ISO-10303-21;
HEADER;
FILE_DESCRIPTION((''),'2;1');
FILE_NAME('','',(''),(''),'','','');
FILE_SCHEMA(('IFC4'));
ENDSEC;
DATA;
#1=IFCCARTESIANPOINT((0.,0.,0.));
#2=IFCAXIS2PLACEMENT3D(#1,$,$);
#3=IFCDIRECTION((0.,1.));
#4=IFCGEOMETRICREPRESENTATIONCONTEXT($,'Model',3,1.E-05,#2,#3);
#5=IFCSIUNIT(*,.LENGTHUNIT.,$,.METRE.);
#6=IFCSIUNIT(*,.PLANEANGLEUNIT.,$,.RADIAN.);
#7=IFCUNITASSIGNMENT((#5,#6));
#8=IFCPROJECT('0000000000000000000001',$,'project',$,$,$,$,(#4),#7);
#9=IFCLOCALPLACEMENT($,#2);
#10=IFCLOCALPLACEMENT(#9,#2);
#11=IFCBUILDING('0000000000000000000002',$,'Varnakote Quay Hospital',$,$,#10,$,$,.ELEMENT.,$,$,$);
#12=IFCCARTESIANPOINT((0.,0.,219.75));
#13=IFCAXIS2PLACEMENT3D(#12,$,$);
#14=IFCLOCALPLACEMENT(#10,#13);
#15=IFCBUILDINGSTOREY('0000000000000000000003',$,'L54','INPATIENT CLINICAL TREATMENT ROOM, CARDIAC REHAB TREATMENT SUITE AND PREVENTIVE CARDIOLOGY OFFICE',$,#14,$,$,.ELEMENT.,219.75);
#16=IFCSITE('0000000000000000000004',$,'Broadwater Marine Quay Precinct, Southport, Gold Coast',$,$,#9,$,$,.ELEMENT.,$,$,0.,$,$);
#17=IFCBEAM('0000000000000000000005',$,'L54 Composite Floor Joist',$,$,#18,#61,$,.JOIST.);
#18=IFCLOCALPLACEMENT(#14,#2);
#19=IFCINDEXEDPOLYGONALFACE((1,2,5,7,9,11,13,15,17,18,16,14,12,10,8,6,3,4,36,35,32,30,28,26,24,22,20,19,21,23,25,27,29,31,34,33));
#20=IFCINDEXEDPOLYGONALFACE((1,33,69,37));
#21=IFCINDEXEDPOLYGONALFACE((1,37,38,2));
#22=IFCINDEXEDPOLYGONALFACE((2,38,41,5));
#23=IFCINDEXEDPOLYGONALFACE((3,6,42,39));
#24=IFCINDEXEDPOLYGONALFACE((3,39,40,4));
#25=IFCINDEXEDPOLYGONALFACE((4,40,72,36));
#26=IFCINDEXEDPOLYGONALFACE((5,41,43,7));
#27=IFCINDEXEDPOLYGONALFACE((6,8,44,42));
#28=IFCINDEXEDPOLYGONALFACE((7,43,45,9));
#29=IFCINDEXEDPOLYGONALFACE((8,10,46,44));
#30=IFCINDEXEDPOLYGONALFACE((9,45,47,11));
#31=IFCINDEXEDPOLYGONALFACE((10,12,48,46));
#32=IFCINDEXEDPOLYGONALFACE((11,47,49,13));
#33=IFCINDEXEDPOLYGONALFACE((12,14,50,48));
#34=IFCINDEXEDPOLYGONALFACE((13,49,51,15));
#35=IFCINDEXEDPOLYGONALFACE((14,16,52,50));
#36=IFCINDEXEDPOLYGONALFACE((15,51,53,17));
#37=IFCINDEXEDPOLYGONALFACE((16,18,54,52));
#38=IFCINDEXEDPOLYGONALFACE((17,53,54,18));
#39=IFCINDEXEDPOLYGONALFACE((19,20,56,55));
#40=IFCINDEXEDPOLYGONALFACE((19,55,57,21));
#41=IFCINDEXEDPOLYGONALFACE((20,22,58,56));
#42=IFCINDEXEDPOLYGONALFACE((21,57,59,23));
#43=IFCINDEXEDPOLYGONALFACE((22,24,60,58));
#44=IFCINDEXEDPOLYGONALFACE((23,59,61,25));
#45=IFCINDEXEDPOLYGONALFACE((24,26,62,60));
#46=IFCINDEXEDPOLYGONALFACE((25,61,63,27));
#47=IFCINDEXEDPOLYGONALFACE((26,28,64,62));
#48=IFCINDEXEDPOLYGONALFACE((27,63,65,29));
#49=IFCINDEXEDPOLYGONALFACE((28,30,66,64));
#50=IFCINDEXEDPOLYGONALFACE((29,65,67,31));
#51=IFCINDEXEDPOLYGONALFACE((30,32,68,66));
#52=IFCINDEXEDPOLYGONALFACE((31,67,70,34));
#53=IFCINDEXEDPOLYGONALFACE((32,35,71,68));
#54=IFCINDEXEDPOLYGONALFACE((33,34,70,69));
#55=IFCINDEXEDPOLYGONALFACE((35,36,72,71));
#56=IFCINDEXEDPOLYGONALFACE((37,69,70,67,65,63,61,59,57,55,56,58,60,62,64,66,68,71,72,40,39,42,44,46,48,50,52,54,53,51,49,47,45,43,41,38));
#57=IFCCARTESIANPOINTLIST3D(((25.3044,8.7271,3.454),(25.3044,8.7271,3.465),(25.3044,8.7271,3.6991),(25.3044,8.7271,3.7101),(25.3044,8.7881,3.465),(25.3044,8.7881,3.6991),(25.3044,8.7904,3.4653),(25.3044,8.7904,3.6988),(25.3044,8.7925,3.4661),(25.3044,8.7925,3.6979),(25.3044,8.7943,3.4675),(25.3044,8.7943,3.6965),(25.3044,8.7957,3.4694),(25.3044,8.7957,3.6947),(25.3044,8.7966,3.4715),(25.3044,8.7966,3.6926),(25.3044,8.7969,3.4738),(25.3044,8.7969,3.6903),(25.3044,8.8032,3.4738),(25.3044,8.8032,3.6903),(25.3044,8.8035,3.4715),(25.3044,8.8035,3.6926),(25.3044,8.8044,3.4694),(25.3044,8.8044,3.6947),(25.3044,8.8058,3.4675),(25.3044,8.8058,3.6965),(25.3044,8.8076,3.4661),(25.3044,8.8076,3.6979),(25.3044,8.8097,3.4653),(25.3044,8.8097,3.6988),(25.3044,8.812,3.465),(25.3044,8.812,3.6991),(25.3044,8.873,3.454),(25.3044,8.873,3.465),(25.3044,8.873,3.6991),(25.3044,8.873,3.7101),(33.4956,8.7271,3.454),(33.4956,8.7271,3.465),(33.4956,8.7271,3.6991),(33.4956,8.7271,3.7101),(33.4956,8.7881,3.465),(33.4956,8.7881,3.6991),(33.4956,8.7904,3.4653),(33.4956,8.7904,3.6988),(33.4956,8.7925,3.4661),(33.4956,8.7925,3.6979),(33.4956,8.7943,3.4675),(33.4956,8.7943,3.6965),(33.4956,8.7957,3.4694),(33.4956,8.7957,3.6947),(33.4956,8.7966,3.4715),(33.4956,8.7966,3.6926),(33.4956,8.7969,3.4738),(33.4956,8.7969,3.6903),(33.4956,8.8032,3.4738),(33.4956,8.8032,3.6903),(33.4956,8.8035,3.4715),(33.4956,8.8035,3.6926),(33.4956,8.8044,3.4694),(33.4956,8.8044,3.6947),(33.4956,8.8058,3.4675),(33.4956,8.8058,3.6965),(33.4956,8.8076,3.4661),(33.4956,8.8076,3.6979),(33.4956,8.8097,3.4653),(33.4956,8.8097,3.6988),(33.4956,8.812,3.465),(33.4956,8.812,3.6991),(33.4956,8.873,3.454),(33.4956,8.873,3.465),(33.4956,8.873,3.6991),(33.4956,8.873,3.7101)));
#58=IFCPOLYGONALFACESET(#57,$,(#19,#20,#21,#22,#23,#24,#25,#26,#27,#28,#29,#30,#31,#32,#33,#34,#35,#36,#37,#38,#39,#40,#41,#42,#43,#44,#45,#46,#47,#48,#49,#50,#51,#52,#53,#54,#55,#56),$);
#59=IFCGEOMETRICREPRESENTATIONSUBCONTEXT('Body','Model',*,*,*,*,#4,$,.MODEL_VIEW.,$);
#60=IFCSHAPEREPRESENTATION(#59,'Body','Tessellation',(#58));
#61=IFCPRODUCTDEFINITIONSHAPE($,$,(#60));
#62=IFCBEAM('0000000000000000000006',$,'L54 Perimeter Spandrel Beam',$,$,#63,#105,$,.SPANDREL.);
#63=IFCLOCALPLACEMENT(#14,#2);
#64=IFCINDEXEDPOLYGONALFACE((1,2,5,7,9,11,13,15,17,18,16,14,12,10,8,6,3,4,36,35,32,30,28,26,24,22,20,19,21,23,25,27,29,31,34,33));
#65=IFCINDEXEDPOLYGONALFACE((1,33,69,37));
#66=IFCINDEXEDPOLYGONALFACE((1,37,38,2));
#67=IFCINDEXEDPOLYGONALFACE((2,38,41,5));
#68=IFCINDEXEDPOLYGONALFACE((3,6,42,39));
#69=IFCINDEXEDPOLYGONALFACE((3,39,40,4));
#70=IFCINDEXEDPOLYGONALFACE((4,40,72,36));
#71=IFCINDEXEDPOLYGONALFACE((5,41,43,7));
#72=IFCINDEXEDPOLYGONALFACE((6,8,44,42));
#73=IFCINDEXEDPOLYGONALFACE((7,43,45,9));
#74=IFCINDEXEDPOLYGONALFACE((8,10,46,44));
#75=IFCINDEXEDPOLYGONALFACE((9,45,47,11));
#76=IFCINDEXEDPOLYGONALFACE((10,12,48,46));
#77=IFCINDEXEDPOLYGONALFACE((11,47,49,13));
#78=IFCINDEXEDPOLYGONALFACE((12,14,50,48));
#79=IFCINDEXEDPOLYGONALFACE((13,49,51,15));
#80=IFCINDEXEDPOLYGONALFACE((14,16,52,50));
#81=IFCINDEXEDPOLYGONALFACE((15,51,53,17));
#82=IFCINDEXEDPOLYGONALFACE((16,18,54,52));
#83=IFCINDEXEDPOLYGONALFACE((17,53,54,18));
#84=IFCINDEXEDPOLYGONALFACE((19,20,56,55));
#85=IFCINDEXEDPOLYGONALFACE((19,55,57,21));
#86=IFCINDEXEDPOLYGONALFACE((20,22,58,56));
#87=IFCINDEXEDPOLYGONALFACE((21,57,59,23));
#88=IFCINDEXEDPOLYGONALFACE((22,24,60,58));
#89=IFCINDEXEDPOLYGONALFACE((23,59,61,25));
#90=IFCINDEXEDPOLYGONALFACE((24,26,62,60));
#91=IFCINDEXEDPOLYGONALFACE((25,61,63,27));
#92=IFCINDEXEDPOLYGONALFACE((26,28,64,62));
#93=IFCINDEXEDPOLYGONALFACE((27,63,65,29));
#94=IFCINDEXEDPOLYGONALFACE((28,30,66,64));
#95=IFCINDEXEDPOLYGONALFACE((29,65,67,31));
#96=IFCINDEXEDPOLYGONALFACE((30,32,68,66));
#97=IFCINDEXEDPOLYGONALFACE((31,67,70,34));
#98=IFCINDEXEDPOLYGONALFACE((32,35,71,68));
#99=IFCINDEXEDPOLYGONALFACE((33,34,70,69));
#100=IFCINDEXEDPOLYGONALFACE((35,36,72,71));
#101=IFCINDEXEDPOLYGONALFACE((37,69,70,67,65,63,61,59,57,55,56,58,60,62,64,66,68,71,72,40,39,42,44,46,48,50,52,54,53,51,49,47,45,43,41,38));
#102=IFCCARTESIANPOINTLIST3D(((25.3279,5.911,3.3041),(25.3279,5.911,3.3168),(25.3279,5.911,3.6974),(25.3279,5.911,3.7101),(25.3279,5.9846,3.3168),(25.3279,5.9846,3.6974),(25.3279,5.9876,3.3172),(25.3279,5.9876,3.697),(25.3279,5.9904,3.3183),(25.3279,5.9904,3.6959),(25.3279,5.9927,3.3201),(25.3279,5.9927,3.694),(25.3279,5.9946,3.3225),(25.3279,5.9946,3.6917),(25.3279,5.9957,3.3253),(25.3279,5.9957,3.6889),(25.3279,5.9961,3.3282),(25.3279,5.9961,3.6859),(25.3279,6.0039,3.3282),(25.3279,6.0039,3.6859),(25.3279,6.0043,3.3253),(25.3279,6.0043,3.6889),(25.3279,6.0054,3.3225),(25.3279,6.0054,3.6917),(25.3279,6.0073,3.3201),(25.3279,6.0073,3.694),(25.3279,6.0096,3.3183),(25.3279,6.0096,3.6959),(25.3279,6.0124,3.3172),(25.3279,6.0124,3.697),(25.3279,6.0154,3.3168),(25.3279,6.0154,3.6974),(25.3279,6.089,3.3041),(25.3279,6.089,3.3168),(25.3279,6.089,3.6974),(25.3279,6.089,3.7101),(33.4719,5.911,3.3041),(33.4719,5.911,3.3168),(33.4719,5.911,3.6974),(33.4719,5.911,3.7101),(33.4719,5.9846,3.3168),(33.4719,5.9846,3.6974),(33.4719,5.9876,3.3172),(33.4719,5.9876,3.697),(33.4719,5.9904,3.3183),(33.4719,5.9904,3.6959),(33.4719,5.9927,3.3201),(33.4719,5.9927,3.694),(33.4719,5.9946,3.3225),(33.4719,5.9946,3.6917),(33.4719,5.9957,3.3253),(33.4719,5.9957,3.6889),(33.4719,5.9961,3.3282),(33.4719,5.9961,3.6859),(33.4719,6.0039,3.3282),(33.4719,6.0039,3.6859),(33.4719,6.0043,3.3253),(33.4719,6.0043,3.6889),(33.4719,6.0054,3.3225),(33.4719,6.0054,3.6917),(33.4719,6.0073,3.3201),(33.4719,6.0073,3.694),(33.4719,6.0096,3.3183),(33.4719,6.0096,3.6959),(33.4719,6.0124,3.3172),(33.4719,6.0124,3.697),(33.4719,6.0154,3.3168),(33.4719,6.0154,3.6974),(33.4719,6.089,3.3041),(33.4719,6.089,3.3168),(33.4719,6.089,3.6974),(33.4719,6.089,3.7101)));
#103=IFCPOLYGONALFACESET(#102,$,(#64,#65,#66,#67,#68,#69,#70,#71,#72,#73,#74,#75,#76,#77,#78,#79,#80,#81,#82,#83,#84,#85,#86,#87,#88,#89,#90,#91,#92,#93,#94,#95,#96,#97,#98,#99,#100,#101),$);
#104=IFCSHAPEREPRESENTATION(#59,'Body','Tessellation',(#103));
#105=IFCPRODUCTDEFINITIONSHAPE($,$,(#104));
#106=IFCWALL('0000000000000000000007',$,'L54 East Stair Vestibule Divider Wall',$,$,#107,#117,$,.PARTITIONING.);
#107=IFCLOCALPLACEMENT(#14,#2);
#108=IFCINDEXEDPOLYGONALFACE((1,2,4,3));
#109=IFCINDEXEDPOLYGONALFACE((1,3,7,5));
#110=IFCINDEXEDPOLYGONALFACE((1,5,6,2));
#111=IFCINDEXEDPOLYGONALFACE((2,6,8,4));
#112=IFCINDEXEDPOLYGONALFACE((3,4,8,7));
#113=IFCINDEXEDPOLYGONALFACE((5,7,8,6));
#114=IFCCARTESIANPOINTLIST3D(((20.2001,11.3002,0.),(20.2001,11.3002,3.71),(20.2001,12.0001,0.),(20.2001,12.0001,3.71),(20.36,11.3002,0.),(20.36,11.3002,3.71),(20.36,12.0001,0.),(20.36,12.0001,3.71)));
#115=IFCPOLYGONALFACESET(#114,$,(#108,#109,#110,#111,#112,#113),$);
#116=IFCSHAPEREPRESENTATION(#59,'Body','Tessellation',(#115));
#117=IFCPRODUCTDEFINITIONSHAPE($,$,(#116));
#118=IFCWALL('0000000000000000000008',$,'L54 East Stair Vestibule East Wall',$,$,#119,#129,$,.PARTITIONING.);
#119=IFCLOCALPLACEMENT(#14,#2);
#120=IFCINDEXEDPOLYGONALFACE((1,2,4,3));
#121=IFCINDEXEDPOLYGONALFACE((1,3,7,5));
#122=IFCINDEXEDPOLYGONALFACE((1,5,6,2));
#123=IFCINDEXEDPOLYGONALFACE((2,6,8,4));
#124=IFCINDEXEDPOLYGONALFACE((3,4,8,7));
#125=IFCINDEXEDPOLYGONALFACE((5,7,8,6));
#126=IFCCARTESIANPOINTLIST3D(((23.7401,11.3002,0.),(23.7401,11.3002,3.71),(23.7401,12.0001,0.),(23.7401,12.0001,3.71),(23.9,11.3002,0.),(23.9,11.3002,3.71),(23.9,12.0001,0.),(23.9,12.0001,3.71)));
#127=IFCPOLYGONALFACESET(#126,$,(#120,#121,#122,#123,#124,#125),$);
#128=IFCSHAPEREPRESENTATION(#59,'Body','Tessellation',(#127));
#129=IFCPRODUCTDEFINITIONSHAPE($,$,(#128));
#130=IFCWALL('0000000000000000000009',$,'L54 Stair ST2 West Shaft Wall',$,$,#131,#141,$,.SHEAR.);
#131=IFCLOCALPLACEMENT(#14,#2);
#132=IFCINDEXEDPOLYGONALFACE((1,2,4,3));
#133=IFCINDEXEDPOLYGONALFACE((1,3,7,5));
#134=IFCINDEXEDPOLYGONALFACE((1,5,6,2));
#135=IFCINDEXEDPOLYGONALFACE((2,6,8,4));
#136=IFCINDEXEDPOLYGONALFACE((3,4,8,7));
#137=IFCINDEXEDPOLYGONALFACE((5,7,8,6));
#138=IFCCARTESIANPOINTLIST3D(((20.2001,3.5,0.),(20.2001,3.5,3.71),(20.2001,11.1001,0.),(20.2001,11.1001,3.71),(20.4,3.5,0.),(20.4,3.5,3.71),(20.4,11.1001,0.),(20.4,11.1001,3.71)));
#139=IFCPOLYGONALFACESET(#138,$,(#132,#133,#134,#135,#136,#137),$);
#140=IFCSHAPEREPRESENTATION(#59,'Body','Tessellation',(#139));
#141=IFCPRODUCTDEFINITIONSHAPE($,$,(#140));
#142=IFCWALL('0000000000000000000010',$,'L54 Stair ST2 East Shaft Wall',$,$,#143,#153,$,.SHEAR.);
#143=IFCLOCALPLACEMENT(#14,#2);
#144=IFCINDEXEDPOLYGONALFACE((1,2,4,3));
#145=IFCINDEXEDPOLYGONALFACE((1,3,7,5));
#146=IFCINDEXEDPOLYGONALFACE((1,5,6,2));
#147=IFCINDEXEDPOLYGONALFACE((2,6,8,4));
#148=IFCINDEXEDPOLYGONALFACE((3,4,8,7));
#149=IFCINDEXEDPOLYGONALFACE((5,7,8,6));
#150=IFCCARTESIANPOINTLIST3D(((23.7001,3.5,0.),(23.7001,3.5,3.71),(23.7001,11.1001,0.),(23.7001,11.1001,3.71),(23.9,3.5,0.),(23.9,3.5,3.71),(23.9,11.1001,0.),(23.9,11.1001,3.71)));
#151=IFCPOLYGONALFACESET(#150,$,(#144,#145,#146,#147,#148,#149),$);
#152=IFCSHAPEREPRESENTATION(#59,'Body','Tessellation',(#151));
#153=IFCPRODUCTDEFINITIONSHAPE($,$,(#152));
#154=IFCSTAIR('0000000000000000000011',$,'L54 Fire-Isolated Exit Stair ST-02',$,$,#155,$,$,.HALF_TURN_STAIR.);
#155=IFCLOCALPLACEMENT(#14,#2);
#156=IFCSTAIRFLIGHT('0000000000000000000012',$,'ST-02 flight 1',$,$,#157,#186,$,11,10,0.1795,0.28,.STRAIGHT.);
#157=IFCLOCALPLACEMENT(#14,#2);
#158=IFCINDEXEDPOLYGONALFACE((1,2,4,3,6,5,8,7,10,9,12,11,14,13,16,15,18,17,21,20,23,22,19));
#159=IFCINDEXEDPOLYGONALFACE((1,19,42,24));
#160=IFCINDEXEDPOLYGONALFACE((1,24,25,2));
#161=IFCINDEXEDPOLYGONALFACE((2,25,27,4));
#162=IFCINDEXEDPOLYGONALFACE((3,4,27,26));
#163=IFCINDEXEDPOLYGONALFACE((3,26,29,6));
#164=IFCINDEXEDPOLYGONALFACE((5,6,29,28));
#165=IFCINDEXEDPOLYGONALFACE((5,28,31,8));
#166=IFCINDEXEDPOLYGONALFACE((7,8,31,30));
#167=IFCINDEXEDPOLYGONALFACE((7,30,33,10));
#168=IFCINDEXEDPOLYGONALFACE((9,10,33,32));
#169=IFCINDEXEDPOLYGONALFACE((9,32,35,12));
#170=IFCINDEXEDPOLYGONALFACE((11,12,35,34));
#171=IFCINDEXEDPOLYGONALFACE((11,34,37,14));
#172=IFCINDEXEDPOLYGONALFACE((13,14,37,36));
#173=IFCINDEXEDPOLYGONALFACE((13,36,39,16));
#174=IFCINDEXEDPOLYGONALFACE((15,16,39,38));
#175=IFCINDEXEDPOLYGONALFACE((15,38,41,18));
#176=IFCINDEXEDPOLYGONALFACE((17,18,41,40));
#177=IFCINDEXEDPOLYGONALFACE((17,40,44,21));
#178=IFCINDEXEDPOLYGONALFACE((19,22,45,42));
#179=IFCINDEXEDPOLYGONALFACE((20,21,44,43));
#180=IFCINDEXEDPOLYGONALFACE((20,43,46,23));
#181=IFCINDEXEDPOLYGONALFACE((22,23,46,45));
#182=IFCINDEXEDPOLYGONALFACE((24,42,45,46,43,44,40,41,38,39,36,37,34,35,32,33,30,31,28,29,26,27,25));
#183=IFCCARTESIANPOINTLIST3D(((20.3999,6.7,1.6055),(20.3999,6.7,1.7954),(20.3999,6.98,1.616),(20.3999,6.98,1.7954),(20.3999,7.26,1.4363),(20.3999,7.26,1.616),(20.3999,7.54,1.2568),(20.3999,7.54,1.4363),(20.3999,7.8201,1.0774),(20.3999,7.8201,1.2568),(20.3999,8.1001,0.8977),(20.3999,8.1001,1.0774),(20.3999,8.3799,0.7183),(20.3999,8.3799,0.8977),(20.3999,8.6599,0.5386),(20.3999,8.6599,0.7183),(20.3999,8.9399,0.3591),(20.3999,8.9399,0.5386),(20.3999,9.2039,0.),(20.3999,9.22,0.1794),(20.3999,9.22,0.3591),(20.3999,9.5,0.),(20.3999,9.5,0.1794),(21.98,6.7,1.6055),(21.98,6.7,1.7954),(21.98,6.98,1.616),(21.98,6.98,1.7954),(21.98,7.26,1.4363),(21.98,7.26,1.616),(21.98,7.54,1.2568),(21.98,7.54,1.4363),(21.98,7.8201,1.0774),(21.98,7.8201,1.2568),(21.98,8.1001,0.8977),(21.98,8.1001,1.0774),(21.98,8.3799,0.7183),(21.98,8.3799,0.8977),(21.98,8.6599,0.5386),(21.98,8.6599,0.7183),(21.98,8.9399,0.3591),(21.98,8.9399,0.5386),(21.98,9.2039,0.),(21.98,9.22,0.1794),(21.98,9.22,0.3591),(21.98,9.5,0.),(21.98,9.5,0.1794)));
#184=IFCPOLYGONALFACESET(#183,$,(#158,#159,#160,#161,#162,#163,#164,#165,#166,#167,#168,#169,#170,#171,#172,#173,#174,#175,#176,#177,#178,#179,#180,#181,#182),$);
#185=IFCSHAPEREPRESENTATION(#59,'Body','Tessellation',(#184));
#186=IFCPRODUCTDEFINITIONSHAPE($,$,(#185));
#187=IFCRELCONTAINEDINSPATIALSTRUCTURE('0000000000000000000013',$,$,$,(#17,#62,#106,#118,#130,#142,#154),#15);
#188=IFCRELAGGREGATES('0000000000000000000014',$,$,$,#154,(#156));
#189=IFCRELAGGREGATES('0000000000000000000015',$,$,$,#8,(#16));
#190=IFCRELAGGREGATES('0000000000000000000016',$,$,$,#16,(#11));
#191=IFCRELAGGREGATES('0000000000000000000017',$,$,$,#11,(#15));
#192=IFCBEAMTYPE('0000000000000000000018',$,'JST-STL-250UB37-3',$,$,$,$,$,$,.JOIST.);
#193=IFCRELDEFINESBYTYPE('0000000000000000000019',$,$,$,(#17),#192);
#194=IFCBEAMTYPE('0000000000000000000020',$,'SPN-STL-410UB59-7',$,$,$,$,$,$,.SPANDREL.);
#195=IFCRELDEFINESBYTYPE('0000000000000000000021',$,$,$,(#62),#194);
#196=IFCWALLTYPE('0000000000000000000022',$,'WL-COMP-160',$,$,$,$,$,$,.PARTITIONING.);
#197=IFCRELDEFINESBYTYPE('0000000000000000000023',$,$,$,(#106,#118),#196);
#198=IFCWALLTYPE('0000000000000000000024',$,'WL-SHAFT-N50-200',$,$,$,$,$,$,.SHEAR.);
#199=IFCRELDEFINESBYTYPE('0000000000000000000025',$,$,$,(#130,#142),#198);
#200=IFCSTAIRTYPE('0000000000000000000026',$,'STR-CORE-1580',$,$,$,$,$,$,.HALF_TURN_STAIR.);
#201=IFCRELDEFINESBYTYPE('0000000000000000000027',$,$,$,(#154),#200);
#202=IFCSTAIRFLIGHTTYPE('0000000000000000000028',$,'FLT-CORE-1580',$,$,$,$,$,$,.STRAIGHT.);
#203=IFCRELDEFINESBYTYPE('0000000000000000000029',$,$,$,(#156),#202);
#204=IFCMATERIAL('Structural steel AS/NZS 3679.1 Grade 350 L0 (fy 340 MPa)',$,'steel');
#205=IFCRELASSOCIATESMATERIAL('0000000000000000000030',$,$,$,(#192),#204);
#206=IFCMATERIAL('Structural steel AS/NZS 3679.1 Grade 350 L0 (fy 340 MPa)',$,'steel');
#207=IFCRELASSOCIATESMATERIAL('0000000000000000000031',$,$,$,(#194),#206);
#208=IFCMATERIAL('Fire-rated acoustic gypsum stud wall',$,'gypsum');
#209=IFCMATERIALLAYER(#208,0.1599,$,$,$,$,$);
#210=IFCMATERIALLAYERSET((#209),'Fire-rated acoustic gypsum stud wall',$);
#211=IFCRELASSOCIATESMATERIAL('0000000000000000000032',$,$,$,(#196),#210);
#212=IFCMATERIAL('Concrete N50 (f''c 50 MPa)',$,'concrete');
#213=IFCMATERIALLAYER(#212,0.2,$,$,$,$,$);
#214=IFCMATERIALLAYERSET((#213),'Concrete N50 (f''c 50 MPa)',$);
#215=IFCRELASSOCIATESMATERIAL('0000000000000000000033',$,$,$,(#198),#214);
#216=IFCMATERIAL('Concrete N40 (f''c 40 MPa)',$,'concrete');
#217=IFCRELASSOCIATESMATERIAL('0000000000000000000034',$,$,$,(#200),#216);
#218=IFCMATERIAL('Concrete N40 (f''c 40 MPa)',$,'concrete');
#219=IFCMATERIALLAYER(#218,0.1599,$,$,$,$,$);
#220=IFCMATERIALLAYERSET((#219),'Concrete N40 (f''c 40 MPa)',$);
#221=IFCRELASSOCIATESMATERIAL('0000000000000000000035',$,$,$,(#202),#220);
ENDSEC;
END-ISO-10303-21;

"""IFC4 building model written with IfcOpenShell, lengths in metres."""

from ifc_helpers import new_model, si_unit, direction, frame, frame_2d, origin, origin_2d, place, context, subcontext, project, spatial, polyline, rectangle, i_section, outline, extrude, material, layer, layer_set, material_profile, profile_set, type_object, element, aggregate, save


model = new_model("IFC4")

# Units and contexts
model_context = context("Model", 3, precision=1e-05, world=origin(), true_north=direction((0.0, 1.0)))
body_context = subcontext(model_context, "Body", "Model", "MODEL_VIEW")
ifc_project = project(units=[si_unit("LENGTHUNIT", "METRE"), si_unit("PLANEANGLEUNIT", "RADIAN")], contexts=[model_context])

# Site, building, storey
site_placement = place(None, origin())
site = spatial("IfcSite", under=ifc_project, at=site_placement, Name="Broadwater Marine Quay Precinct, Southport, Gold Coast", CompositionType="ELEMENT", RefElevation=0.0)
building_placement = place(site_placement, origin())
building = spatial("IfcBuilding", under=site, at=building_placement, Name="Varnakote Quay Hospital", CompositionType="ELEMENT")
storey_placement = place(building_placement, frame((0.0, 0.0, 219.75)))
storey = spatial("IfcBuildingStorey", under=building, at=storey_placement, Name="L54", Description="INPATIENT CLINICAL TREATMENT ROOM, CARDIAC REHAB TREATMENT SUITE AND PREVENTIVE CARDIOLOGY OFFICE", CompositionType="ELEMENT", Elevation=219.75)

# Beams
ifc_material_1 = material(Name="Structural steel AS/NZS 3679.1 Grade 350 L0 (fy 340 MPa)", Category="steel")
ifc_material_profile_1 = material_profile(ifc_material_1, i_section(OverallWidth=0.146, OverallDepth=0.2561, WebThickness=0.0063, FlangeThickness=0.011, FilletRadius=0.0088, at=origin_2d()), Name="250UB37.3")
ifc_profile_set_1 = profile_set([ifc_material_profile_1], Name="Structural steel AS/NZS 3679.1 Grade 350 L0 (fy 340 MPa)")
beam_type_1 = type_object("IfcBeamType", Name="JST-STL-250UB37-3", PredefinedType="JOIST", material=ifc_profile_set_1)
beam_1_placement = place(storey_placement, frame((25.3044, 8.8, 3.582), z_axis=(1.0, 0.0, 0.0), x_axis=(0.0, 1.0, 0.0)))
element("IfcBeam", 1, at=beam_1_placement, inside=storey, type_object=beam_type_1, Name="L54 Composite Floor Joist", PredefinedType="JOIST", context=body_context, shape_type="SweptSolid", body=[
    extrude(i_section(OverallWidth=0.146, OverallDepth=0.2561, WebThickness=0.0063, FlangeThickness=0.011, FilletRadius=0.0088, at=origin_2d()), origin(), (0.0, 0.0, 1.0), 8.1912),
])
ifc_material_2 = material(Name="Structural steel AS/NZS 3679.1 Grade 350 L0 (fy 340 MPa)", Category="steel")
ifc_material_profile_2 = material_profile(ifc_material_2, i_section(OverallWidth=0.178, OverallDepth=0.406, WebThickness=0.0078, FlangeThickness=0.0127, FilletRadius=0.0115, at=origin_2d()), Name="410UB59.7")
ifc_profile_set_2 = profile_set([ifc_material_profile_2], Name="Structural steel AS/NZS 3679.1 Grade 350 L0 (fy 340 MPa)")
beam_type_2 = type_object("IfcBeamType", Name="SPN-STL-410UB59-7", PredefinedType="SPANDREL", material=ifc_profile_set_2)
beam_2_placement = place(storey_placement, frame((25.3279, 6.0, 3.5071), z_axis=(1.0, 0.0, 0.0), x_axis=(0.0, 1.0, 0.0)))
element("IfcBeam", 2, at=beam_2_placement, inside=storey, type_object=beam_type_2, Name="L54 Perimeter Spandrel Beam", PredefinedType="SPANDREL", context=body_context, shape_type="SweptSolid", body=[
    extrude(i_section(OverallWidth=0.178, OverallDepth=0.406, WebThickness=0.0078, FlangeThickness=0.0127, FilletRadius=0.0115, at=origin_2d()), origin(), (0.0, 0.0, 1.0), 8.144),
])

# Walls
ifc_material_3 = material(Name="Fire-rated acoustic gypsum stud wall", Category="gypsum")
ifc_layer_1 = layer(ifc_material_3, 0.1599)
ifc_layer_set_1 = layer_set([ifc_layer_1], Name="Fire-rated acoustic gypsum stud wall")
wall_type_1 = type_object("IfcWallType", Name="WL-COMP-160", PredefinedType="PARTITIONING", material=ifc_layer_set_1)
for number, where, z_axis, x_axis, name in (
    (3, (20.28, 11.3, 0.0), (0.0, 0.0, 1.0), (0.0, 1.0, 0.0), "L54 East Stair Vestibule Divider Wall"),
    (4, (23.8201, 11.3, 0.0), (0.0, 0.0, 1.0), (0.0, 1.0, 0.0), "L54 East Stair Vestibule East Wall"),
):
    element("IfcWall", number, at=place(storey_placement, frame(where, z_axis=z_axis, x_axis=x_axis)), inside=storey, type_object=wall_type_1, Name=name, PredefinedType="PARTITIONING", context=body_context, shape_type="SweptSolid", body=[
        extrude(rectangle(XDim=0.7, YDim=0.1599, at=frame_2d((0.3501, 0.0))), origin(), (0.0, 0.0, 1.0), 3.71),
    ])
ifc_material_4 = material(Name="Concrete N50 (f'c 50 MPa)", Category="concrete")
ifc_layer_2 = layer(ifc_material_4, 0.2)
ifc_layer_set_2 = layer_set([ifc_layer_2], Name="Concrete N50 (f'c 50 MPa)")
wall_type_2 = type_object("IfcWallType", Name="WL-SHAFT-N50-200", PredefinedType="SHEAR", material=ifc_layer_set_2)
for number, where, z_axis, x_axis, name in (
    (5, (20.3, 3.5, 0.0), (0.0, 0.0, 1.0), (0.0, 1.0, 0.0), "L54 Stair ST2 West Shaft Wall"),
    (6, (23.8, 3.5, 0.0), (0.0, 0.0, 1.0), (0.0, 1.0, 0.0), "L54 Stair ST2 East Shaft Wall"),
):
    element("IfcWall", number, at=place(storey_placement, frame(where, z_axis=z_axis, x_axis=x_axis)), inside=storey, type_object=wall_type_2, Name=name, PredefinedType="SHEAR", context=body_context, shape_type="SweptSolid", body=[
        extrude(rectangle(XDim=7.6001, YDim=0.2, at=frame_2d((3.8, 0.0))), origin(), (0.0, 0.0, 1.0), 3.71),
    ])

# Stair, stair flight
ifc_material_5 = material(Name="Concrete N40 (f'c 40 MPa)", Category="concrete")
stair_type = type_object("IfcStairType", Name="STR-CORE-1580", PredefinedType="HALF_TURN_STAIR", material=ifc_material_5)
stair_placement = place(storey_placement, origin())
stair = element("IfcStair", 7, at=stair_placement, inside=storey, type_object=stair_type, Name="L54 Fire-Isolated Exit Stair ST-02", PredefinedType="HALF_TURN_STAIR")
ifc_material_6 = material(Name="Concrete N40 (f'c 40 MPa)", Category="concrete")
ifc_layer_3 = layer(ifc_material_6, 0.1599)
ifc_layer_set_3 = layer_set([ifc_layer_3], Name="Concrete N40 (f'c 40 MPa)")
stair_flight_type = type_object("IfcStairFlightType", Name="FLT-CORE-1580", PredefinedType="STRAIGHT", material=ifc_layer_set_3)
stair_flight_1_placement = place(storey_placement, frame((21.1899, 9.5, 0.0), z_axis=(0.0, 0.0, 1.0), x_axis=(0.0, -1.0, 0.0)))
stair_flight_1 = element("IfcStairFlight", 8, at=stair_flight_1_placement, type_object=stair_flight_type, Name="ST-02 flight 1", NumberOfRisers=11, NumberOfTreads=10, PredefinedType="STRAIGHT", RiserHeight=0.1795, TreadLength=0.28, context=body_context, shape_type="SweptSolid", body=[
    extrude(outline(polyline([(0.0, 0.0), (0.0, 0.1794), (0.28, 0.1794), (0.28, 0.3591), (0.5601, 0.3591), (0.5601, 0.5386), (0.8401, 0.5386), (0.8401, 0.7183), (1.1201, 0.7183), (1.1201, 0.8977), (1.3999, 0.8977), (1.3999, 1.0774), (1.6799, 1.0774), (1.6799, 1.2568), (1.96, 1.2568), (1.96, 1.4363), (2.24, 1.4363), (2.24, 1.616), (2.52, 1.616), (2.52, 1.7954), (2.8, 1.7954), (2.8, 1.9751), (2.8, 1.6055), (0.2961, 0.0), (0.0, 0.0)])), frame((0.0, 0.79, 0.0), z_axis=(0.0, -1.0, 0.0), x_axis=(1.0, 0.0, 0.0)), (0.0, 0.0, 1.0), 1.5801),
])
aggregate(stair, [stair_flight_1])

save(model, "model.ifc")
